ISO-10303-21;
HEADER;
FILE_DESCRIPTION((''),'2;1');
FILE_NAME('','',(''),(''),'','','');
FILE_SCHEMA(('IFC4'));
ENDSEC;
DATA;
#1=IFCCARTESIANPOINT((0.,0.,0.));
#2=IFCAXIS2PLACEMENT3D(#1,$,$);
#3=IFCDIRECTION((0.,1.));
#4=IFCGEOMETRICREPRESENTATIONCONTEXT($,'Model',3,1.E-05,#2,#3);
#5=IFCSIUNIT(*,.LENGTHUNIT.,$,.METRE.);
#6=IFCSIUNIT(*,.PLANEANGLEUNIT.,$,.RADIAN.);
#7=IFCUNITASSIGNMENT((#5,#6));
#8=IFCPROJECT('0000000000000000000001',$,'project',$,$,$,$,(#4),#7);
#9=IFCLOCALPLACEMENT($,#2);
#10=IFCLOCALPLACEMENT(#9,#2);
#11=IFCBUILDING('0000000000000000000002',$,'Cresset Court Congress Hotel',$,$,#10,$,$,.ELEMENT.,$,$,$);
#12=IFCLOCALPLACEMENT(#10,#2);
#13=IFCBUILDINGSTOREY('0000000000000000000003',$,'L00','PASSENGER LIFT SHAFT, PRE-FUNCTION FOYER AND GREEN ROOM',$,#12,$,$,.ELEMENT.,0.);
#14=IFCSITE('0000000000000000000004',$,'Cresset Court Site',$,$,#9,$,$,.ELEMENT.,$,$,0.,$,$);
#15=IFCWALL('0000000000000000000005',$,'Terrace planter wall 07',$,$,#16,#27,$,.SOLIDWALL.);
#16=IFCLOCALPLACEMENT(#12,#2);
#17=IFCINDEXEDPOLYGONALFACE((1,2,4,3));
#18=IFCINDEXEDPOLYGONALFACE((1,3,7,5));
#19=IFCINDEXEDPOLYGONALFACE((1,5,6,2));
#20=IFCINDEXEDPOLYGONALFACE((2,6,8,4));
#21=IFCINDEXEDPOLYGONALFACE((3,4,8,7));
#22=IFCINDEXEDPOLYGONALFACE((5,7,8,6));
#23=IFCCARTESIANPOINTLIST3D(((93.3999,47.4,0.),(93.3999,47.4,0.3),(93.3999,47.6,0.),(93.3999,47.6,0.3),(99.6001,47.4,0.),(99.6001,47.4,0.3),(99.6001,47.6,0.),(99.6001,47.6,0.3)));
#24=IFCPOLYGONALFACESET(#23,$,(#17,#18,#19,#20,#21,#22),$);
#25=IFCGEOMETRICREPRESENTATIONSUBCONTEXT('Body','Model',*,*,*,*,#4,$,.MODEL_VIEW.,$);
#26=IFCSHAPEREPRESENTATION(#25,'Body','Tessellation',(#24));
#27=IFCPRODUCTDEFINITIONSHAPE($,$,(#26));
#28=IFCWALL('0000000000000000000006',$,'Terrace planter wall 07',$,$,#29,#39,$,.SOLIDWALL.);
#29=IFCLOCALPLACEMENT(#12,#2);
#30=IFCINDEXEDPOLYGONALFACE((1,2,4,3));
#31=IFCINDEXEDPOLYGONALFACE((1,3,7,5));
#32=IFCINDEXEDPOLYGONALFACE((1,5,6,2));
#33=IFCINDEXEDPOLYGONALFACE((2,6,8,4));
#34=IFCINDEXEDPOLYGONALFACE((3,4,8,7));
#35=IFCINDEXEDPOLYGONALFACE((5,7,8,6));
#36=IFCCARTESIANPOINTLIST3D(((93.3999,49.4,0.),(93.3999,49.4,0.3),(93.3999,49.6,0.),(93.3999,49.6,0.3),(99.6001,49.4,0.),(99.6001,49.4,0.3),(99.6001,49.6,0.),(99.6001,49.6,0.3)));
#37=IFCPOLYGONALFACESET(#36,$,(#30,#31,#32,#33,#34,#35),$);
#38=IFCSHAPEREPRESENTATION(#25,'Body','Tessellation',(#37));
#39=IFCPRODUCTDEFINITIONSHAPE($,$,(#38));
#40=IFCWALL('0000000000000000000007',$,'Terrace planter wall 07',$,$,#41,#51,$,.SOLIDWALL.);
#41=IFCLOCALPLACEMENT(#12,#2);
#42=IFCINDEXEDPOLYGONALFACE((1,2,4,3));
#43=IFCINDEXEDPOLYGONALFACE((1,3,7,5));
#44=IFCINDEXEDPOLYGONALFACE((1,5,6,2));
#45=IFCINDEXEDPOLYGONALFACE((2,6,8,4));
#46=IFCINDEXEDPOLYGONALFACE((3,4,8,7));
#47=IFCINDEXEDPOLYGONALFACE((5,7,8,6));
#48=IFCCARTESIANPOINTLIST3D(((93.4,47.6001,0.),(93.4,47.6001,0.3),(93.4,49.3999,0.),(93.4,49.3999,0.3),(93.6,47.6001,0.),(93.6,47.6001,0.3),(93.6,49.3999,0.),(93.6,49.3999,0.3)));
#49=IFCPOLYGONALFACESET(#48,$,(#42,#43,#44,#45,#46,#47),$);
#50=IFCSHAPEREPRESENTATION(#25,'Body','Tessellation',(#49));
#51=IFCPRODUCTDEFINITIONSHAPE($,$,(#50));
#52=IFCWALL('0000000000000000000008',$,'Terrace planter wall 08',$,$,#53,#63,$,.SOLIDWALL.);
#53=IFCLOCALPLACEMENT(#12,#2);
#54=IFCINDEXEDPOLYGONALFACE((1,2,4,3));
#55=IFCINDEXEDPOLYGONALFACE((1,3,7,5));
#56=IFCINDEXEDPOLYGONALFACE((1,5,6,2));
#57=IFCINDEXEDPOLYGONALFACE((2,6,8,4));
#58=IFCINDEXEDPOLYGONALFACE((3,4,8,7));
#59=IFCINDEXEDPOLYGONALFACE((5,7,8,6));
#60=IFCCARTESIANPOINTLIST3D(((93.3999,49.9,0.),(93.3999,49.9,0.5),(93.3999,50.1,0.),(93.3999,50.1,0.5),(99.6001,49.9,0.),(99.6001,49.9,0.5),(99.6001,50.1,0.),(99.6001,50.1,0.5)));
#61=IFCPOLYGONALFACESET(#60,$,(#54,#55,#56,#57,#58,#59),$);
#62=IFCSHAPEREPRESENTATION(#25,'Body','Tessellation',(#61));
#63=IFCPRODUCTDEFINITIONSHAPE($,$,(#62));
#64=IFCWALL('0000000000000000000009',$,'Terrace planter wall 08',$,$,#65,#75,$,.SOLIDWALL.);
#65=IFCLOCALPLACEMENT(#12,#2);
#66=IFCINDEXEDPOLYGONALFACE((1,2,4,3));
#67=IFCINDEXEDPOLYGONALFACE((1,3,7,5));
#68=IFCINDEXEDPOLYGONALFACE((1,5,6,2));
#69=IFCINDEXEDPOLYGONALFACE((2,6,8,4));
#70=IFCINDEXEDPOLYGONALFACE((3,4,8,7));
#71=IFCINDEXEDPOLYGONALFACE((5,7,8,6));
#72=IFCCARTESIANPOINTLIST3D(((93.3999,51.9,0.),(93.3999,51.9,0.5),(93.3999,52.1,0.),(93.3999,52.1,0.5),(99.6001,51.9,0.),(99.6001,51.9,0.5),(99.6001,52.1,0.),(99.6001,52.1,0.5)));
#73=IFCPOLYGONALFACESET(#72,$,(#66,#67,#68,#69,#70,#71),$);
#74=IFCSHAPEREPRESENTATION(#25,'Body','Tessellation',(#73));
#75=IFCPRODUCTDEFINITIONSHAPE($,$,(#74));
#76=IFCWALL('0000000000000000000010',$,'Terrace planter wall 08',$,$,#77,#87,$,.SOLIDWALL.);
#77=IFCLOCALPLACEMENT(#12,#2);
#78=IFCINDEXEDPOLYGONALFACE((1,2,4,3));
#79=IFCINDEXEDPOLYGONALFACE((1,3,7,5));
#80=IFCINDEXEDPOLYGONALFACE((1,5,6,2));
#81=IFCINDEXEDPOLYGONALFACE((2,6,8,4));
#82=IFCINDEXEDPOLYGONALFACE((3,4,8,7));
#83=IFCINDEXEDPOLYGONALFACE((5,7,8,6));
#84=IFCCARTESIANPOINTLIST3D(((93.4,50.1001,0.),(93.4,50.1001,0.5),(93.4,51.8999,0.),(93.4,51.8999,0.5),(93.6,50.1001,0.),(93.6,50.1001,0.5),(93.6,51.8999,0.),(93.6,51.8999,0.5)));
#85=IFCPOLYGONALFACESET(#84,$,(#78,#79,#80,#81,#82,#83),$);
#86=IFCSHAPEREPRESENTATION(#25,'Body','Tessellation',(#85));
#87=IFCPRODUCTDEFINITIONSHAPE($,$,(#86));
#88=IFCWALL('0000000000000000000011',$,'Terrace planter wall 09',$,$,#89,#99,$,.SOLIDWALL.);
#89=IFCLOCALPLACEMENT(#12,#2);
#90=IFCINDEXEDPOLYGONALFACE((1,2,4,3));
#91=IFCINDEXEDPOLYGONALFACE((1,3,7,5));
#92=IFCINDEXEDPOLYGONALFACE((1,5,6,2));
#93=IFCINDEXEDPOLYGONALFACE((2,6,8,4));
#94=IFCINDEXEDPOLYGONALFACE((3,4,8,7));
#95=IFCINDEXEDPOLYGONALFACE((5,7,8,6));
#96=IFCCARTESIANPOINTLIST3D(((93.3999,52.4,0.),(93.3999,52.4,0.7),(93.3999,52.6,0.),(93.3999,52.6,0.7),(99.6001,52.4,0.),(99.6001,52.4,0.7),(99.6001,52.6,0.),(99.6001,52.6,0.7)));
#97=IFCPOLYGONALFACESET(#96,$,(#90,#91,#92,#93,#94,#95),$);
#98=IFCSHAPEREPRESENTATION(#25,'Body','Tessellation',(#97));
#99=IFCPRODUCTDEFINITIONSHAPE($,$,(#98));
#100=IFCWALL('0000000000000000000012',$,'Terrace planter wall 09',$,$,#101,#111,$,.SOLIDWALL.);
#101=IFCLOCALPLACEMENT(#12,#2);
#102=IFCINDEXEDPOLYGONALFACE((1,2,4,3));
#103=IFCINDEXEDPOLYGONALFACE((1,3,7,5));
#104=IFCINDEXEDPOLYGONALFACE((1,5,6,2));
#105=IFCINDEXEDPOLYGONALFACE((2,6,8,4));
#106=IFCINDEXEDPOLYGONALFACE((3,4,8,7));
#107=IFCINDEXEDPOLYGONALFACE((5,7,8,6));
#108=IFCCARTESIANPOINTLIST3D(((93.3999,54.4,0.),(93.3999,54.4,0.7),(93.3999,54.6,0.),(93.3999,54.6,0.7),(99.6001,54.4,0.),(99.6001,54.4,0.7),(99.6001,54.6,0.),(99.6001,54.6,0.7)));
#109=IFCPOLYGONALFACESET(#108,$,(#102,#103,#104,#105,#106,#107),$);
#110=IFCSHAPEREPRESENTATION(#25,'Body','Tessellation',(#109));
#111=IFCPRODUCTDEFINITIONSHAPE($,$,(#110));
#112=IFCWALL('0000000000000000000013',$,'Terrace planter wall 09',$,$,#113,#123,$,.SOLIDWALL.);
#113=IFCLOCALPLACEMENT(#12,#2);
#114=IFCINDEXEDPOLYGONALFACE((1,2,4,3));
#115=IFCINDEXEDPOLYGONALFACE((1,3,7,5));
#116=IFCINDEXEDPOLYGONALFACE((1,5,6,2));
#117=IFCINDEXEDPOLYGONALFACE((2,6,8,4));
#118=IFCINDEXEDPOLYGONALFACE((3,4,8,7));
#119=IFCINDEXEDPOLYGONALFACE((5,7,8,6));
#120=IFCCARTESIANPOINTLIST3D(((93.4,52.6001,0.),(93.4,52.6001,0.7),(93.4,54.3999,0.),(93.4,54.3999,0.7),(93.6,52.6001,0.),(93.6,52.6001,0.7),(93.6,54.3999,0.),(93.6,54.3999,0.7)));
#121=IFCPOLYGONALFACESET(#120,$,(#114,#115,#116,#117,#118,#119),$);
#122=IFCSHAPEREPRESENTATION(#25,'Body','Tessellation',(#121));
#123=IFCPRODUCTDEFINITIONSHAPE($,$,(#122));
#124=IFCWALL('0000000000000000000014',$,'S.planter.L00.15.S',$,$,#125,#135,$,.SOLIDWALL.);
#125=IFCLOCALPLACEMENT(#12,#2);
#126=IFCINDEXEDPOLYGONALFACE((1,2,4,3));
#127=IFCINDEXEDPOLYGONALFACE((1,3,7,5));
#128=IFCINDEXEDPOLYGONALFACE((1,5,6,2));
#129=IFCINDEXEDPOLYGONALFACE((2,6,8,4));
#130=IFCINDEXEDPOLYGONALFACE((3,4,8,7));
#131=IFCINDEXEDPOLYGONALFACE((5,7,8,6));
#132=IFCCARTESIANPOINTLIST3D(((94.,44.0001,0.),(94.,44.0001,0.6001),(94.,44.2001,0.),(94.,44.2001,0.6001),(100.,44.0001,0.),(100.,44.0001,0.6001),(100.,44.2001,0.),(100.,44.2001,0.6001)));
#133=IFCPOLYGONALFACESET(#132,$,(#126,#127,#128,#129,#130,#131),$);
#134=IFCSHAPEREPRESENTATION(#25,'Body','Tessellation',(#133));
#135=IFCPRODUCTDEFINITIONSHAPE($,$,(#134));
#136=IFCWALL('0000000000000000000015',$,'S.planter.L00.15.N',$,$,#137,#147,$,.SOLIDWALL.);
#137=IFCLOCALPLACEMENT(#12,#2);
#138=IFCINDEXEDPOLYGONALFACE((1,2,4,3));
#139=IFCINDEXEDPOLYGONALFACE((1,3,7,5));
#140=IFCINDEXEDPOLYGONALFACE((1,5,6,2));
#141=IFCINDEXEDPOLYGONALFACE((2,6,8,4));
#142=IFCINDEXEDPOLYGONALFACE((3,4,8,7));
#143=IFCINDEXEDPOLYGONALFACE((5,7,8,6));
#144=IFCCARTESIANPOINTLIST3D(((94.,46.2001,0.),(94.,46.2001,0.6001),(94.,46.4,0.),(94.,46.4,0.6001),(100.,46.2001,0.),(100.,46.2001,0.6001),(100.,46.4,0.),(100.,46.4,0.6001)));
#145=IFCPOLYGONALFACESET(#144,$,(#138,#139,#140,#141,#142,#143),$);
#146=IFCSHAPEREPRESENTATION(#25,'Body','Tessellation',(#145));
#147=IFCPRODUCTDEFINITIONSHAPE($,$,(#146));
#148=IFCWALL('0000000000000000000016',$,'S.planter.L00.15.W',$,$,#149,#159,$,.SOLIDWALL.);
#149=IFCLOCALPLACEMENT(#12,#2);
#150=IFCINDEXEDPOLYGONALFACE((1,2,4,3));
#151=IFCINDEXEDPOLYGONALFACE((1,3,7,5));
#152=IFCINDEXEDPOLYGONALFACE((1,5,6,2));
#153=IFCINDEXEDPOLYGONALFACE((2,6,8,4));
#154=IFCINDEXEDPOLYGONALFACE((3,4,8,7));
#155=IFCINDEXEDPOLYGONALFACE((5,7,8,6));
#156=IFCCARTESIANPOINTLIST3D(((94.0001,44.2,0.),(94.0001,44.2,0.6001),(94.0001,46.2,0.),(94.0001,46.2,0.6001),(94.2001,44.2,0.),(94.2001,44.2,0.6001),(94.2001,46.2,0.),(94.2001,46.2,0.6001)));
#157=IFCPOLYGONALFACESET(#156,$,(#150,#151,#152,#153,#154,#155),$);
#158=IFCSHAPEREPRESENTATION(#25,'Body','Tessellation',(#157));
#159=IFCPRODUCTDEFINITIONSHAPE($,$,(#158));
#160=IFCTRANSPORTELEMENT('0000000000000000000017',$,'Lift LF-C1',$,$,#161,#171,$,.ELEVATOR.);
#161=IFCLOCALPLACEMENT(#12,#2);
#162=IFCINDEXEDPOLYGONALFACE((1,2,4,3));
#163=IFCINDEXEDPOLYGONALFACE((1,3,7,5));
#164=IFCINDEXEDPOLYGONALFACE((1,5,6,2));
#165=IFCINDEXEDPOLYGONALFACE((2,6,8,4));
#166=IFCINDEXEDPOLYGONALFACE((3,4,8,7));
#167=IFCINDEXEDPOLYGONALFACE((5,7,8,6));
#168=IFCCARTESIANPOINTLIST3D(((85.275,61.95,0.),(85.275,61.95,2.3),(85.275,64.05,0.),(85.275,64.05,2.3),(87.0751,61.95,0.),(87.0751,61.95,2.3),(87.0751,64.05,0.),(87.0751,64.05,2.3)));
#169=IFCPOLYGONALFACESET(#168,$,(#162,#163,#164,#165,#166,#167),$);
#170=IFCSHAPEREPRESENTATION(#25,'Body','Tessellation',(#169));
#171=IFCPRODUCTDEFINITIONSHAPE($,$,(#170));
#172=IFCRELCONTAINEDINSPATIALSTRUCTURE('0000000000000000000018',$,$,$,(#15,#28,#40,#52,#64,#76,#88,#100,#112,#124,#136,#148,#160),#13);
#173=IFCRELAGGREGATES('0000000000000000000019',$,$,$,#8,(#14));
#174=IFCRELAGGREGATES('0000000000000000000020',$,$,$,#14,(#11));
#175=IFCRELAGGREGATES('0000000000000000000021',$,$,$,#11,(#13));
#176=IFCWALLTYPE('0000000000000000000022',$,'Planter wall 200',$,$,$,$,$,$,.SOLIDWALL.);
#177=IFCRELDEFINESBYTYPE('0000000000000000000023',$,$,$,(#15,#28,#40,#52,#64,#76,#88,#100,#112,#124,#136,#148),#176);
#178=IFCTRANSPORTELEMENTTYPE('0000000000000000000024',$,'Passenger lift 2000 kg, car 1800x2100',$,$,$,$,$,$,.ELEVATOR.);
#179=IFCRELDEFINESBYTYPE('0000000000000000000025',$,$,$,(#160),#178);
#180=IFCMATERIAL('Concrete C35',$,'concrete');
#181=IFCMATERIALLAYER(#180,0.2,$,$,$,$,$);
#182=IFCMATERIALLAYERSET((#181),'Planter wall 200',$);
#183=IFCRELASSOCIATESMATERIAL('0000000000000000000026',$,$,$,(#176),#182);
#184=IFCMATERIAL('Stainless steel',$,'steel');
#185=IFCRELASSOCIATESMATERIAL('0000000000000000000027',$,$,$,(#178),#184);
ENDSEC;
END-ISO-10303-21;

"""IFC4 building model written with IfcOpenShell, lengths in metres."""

from ifc_helpers import new_model, si_unit, direction, frame, frame_2d, origin, origin_2d, place, context, subcontext, project, spatial, rectangle, extrude, material, layer, layer_set, type_object, element, save


model = new_model("IFC4")

# Units and contexts
model_context = context("Model", 3, precision=1e-05, world=origin(), true_north=direction((0.0, 1.0)))
body_context = subcontext(model_context, "Body", "Model", "MODEL_VIEW")
ifc_project = project(units=[si_unit("LENGTHUNIT", "METRE"), si_unit("PLANEANGLEUNIT", "RADIAN")], contexts=[model_context])

# Site, building, storey
site_placement = place(None, origin())
site = spatial("IfcSite", under=ifc_project, at=site_placement, Name="Cresset Court Site", CompositionType="ELEMENT", RefElevation=0.0)
building_placement = place(site_placement, origin())
building = spatial("IfcBuilding", under=site, at=building_placement, Name="Cresset Court Congress Hotel", CompositionType="ELEMENT")
storey_placement = place(building_placement, origin())
storey = spatial("IfcBuildingStorey", under=building, at=storey_placement, Name="L00", Description="PASSENGER LIFT SHAFT, PRE-FUNCTION FOYER AND GREEN ROOM", CompositionType="ELEMENT", Elevation=0.0)

# Walls
ifc_material_1 = material(Name="Concrete C35", Category="concrete")
ifc_layer_1 = layer(ifc_material_1, 0.2)
ifc_layer_set_1 = layer_set([ifc_layer_1], Name="Planter wall 200")
wall_type_1 = type_object("IfcWallType", Name="Planter wall 200", PredefinedType="SOLIDWALL", material=ifc_layer_set_1)
for number, where, z_axis, x_axis, name in (
    (1, (93.3999, 47.5, 0.0), (0.0, 0.0, 1.0), (1.0, 0.0, 0.0), "Terrace planter wall 07"),
    (2, (93.3999, 49.5, 0.0), (0.0, 0.0, 1.0), (1.0, 0.0, 0.0), "Terrace planter wall 07"),
):
    element("IfcWall", number, at=place(storey_placement, frame(where, z_axis=z_axis, x_axis=x_axis)), inside=storey, type_object=wall_type_1, Name=name, PredefinedType="SOLIDWALL", context=body_context, shape_type="SweptSolid", body=[
        extrude(rectangle(XDim=6.2002, YDim=0.2, at=frame_2d((3.1001, 0.0))), origin(), (0.0, 0.0, 1.0), 0.3),
    ])
wall_1_placement = place(storey_placement, frame((93.5, 47.6001, 0.0), z_axis=(0.0, 0.0, 1.0), x_axis=(0.0, 1.0, 0.0)))
element("IfcWall", 3, at=wall_1_placement, inside=storey, type_object=wall_type_1, Name="Terrace planter wall 07", PredefinedType="SOLIDWALL", context=body_context, shape_type="SweptSolid", body=[
    extrude(rectangle(XDim=1.7998, YDim=0.2, at=frame_2d((0.8999, 0.0))), origin(), (0.0, 0.0, 1.0), 0.3),
])
for number, where, z_axis, x_axis, name in (
    (4, (93.3999, 50.0, 0.0), (0.0, 0.0, 1.0), (1.0, 0.0, 0.0), "Terrace planter wall 08"),
    (5, (93.3999, 52.0, 0.0), (0.0, 0.0, 1.0), (1.0, 0.0, 0.0), "Terrace planter wall 08"),
):
    element("IfcWall", number, at=place(storey_placement, frame(where, z_axis=z_axis, x_axis=x_axis)), inside=storey, type_object=wall_type_1, Name=name, PredefinedType="SOLIDWALL", context=body_context, shape_type="SweptSolid", body=[
        extrude(rectangle(XDim=6.2002, YDim=0.2, at=frame_2d((3.1001, 0.0))), origin(), (0.0, 0.0, 1.0), 0.5),
    ])
wall_2_placement = place(storey_placement, frame((93.5, 50.1001, 0.0), z_axis=(0.0, 0.0, 1.0), x_axis=(0.0, 1.0, 0.0)))
element("IfcWall", 6, at=wall_2_placement, inside=storey, type_object=wall_type_1, Name="Terrace planter wall 08", PredefinedType="SOLIDWALL", context=body_context, shape_type="SweptSolid", body=[
    extrude(rectangle(XDim=1.7998, YDim=0.2, at=frame_2d((0.8999, 0.0))), origin(), (0.0, 0.0, 1.0), 0.5),
])
for number, where, z_axis, x_axis, name in (
    (7, (93.3999, 52.5, 0.0), (0.0, 0.0, 1.0), (1.0, 0.0, 0.0), "Terrace planter wall 09"),
    (8, (93.3999, 54.5, 0.0), (0.0, 0.0, 1.0), (1.0, 0.0, 0.0), "Terrace planter wall 09"),
):
    element("IfcWall", number, at=place(storey_placement, frame(where, z_axis=z_axis, x_axis=x_axis)), inside=storey, type_object=wall_type_1, Name=name, PredefinedType="SOLIDWALL", context=body_context, shape_type="SweptSolid", body=[
        extrude(rectangle(XDim=6.2002, YDim=0.2, at=frame_2d((3.1001, 0.0))), origin(), (0.0, 0.0, 1.0), 0.7),
    ])
wall_3_placement = place(storey_placement, frame((93.5, 52.6001, 0.0), z_axis=(0.0, 0.0, 1.0), x_axis=(0.0, 1.0, 0.0)))
element("IfcWall", 9, at=wall_3_placement, inside=storey, type_object=wall_type_1, Name="Terrace planter wall 09", PredefinedType="SOLIDWALL", context=body_context, shape_type="SweptSolid", body=[
    extrude(rectangle(XDim=1.7998, YDim=0.2, at=frame_2d((0.8999, 0.0))), origin(), (0.0, 0.0, 1.0), 0.7),
])
for number, where, z_axis, x_axis, name in (
    (10, (94.0, 44.1001, 0.0), (0.0, 0.0, 1.0), (1.0, 0.0, 0.0), "S.planter.L00.15.S"),
    (11, (94.0, 46.3, 0.0), (0.0, 0.0, 1.0), (1.0, 0.0, 0.0), "S.planter.L00.15.N"),
):
    element("IfcWall", number, at=place(storey_placement, frame(where, z_axis=z_axis, x_axis=x_axis)), inside=storey, type_object=wall_type_1, Name=name, PredefinedType="SOLIDWALL", context=body_context, shape_type="SweptSolid", body=[
        extrude(rectangle(XDim=6.0, YDim=0.2, at=frame_2d((3.0, 0.0))), origin(), (0.0, 0.0, 1.0), 0.6001),
    ])
wall_4_placement = place(storey_placement, frame((94.1001, 44.2, 0.0), z_axis=(0.0, 0.0, 1.0), x_axis=(0.0, 1.0, 0.0)))
element("IfcWall", 12, at=wall_4_placement, inside=storey, type_object=wall_type_1, Name="S.planter.L00.15.W", PredefinedType="SOLIDWALL", context=body_context, shape_type="SweptSolid", body=[
    extrude(rectangle(XDim=2.0, YDim=0.2, at=frame_2d((1.0, 0.0))), origin(), (0.0, 0.0, 1.0), 0.6001),
])

# Transport element
ifc_material_2 = material(Name="Stainless steel", Category="steel")
transport_element_type = type_object("IfcTransportElementType", Name="Passenger lift 2000 kg, car 1800x2100", PredefinedType="ELEVATOR", material=ifc_material_2)
transport_element_placement = place(storey_placement, frame((86.175, 63.0, 0.0), z_axis=(0.0, 0.0, 1.0), x_axis=(1.0, 0.0, 0.0)))
element("IfcTransportElement", 13, at=transport_element_placement, inside=storey, type_object=transport_element_type, Name="Lift LF-C1", PredefinedType="ELEVATOR", context=body_context, shape_type="SweptSolid", body=[
    extrude(rectangle(XDim=1.8, YDim=2.1001, at=origin_2d()), origin(), (0.0, 0.0, 1.0), 2.3),
])

save(model, "model.ifc")
